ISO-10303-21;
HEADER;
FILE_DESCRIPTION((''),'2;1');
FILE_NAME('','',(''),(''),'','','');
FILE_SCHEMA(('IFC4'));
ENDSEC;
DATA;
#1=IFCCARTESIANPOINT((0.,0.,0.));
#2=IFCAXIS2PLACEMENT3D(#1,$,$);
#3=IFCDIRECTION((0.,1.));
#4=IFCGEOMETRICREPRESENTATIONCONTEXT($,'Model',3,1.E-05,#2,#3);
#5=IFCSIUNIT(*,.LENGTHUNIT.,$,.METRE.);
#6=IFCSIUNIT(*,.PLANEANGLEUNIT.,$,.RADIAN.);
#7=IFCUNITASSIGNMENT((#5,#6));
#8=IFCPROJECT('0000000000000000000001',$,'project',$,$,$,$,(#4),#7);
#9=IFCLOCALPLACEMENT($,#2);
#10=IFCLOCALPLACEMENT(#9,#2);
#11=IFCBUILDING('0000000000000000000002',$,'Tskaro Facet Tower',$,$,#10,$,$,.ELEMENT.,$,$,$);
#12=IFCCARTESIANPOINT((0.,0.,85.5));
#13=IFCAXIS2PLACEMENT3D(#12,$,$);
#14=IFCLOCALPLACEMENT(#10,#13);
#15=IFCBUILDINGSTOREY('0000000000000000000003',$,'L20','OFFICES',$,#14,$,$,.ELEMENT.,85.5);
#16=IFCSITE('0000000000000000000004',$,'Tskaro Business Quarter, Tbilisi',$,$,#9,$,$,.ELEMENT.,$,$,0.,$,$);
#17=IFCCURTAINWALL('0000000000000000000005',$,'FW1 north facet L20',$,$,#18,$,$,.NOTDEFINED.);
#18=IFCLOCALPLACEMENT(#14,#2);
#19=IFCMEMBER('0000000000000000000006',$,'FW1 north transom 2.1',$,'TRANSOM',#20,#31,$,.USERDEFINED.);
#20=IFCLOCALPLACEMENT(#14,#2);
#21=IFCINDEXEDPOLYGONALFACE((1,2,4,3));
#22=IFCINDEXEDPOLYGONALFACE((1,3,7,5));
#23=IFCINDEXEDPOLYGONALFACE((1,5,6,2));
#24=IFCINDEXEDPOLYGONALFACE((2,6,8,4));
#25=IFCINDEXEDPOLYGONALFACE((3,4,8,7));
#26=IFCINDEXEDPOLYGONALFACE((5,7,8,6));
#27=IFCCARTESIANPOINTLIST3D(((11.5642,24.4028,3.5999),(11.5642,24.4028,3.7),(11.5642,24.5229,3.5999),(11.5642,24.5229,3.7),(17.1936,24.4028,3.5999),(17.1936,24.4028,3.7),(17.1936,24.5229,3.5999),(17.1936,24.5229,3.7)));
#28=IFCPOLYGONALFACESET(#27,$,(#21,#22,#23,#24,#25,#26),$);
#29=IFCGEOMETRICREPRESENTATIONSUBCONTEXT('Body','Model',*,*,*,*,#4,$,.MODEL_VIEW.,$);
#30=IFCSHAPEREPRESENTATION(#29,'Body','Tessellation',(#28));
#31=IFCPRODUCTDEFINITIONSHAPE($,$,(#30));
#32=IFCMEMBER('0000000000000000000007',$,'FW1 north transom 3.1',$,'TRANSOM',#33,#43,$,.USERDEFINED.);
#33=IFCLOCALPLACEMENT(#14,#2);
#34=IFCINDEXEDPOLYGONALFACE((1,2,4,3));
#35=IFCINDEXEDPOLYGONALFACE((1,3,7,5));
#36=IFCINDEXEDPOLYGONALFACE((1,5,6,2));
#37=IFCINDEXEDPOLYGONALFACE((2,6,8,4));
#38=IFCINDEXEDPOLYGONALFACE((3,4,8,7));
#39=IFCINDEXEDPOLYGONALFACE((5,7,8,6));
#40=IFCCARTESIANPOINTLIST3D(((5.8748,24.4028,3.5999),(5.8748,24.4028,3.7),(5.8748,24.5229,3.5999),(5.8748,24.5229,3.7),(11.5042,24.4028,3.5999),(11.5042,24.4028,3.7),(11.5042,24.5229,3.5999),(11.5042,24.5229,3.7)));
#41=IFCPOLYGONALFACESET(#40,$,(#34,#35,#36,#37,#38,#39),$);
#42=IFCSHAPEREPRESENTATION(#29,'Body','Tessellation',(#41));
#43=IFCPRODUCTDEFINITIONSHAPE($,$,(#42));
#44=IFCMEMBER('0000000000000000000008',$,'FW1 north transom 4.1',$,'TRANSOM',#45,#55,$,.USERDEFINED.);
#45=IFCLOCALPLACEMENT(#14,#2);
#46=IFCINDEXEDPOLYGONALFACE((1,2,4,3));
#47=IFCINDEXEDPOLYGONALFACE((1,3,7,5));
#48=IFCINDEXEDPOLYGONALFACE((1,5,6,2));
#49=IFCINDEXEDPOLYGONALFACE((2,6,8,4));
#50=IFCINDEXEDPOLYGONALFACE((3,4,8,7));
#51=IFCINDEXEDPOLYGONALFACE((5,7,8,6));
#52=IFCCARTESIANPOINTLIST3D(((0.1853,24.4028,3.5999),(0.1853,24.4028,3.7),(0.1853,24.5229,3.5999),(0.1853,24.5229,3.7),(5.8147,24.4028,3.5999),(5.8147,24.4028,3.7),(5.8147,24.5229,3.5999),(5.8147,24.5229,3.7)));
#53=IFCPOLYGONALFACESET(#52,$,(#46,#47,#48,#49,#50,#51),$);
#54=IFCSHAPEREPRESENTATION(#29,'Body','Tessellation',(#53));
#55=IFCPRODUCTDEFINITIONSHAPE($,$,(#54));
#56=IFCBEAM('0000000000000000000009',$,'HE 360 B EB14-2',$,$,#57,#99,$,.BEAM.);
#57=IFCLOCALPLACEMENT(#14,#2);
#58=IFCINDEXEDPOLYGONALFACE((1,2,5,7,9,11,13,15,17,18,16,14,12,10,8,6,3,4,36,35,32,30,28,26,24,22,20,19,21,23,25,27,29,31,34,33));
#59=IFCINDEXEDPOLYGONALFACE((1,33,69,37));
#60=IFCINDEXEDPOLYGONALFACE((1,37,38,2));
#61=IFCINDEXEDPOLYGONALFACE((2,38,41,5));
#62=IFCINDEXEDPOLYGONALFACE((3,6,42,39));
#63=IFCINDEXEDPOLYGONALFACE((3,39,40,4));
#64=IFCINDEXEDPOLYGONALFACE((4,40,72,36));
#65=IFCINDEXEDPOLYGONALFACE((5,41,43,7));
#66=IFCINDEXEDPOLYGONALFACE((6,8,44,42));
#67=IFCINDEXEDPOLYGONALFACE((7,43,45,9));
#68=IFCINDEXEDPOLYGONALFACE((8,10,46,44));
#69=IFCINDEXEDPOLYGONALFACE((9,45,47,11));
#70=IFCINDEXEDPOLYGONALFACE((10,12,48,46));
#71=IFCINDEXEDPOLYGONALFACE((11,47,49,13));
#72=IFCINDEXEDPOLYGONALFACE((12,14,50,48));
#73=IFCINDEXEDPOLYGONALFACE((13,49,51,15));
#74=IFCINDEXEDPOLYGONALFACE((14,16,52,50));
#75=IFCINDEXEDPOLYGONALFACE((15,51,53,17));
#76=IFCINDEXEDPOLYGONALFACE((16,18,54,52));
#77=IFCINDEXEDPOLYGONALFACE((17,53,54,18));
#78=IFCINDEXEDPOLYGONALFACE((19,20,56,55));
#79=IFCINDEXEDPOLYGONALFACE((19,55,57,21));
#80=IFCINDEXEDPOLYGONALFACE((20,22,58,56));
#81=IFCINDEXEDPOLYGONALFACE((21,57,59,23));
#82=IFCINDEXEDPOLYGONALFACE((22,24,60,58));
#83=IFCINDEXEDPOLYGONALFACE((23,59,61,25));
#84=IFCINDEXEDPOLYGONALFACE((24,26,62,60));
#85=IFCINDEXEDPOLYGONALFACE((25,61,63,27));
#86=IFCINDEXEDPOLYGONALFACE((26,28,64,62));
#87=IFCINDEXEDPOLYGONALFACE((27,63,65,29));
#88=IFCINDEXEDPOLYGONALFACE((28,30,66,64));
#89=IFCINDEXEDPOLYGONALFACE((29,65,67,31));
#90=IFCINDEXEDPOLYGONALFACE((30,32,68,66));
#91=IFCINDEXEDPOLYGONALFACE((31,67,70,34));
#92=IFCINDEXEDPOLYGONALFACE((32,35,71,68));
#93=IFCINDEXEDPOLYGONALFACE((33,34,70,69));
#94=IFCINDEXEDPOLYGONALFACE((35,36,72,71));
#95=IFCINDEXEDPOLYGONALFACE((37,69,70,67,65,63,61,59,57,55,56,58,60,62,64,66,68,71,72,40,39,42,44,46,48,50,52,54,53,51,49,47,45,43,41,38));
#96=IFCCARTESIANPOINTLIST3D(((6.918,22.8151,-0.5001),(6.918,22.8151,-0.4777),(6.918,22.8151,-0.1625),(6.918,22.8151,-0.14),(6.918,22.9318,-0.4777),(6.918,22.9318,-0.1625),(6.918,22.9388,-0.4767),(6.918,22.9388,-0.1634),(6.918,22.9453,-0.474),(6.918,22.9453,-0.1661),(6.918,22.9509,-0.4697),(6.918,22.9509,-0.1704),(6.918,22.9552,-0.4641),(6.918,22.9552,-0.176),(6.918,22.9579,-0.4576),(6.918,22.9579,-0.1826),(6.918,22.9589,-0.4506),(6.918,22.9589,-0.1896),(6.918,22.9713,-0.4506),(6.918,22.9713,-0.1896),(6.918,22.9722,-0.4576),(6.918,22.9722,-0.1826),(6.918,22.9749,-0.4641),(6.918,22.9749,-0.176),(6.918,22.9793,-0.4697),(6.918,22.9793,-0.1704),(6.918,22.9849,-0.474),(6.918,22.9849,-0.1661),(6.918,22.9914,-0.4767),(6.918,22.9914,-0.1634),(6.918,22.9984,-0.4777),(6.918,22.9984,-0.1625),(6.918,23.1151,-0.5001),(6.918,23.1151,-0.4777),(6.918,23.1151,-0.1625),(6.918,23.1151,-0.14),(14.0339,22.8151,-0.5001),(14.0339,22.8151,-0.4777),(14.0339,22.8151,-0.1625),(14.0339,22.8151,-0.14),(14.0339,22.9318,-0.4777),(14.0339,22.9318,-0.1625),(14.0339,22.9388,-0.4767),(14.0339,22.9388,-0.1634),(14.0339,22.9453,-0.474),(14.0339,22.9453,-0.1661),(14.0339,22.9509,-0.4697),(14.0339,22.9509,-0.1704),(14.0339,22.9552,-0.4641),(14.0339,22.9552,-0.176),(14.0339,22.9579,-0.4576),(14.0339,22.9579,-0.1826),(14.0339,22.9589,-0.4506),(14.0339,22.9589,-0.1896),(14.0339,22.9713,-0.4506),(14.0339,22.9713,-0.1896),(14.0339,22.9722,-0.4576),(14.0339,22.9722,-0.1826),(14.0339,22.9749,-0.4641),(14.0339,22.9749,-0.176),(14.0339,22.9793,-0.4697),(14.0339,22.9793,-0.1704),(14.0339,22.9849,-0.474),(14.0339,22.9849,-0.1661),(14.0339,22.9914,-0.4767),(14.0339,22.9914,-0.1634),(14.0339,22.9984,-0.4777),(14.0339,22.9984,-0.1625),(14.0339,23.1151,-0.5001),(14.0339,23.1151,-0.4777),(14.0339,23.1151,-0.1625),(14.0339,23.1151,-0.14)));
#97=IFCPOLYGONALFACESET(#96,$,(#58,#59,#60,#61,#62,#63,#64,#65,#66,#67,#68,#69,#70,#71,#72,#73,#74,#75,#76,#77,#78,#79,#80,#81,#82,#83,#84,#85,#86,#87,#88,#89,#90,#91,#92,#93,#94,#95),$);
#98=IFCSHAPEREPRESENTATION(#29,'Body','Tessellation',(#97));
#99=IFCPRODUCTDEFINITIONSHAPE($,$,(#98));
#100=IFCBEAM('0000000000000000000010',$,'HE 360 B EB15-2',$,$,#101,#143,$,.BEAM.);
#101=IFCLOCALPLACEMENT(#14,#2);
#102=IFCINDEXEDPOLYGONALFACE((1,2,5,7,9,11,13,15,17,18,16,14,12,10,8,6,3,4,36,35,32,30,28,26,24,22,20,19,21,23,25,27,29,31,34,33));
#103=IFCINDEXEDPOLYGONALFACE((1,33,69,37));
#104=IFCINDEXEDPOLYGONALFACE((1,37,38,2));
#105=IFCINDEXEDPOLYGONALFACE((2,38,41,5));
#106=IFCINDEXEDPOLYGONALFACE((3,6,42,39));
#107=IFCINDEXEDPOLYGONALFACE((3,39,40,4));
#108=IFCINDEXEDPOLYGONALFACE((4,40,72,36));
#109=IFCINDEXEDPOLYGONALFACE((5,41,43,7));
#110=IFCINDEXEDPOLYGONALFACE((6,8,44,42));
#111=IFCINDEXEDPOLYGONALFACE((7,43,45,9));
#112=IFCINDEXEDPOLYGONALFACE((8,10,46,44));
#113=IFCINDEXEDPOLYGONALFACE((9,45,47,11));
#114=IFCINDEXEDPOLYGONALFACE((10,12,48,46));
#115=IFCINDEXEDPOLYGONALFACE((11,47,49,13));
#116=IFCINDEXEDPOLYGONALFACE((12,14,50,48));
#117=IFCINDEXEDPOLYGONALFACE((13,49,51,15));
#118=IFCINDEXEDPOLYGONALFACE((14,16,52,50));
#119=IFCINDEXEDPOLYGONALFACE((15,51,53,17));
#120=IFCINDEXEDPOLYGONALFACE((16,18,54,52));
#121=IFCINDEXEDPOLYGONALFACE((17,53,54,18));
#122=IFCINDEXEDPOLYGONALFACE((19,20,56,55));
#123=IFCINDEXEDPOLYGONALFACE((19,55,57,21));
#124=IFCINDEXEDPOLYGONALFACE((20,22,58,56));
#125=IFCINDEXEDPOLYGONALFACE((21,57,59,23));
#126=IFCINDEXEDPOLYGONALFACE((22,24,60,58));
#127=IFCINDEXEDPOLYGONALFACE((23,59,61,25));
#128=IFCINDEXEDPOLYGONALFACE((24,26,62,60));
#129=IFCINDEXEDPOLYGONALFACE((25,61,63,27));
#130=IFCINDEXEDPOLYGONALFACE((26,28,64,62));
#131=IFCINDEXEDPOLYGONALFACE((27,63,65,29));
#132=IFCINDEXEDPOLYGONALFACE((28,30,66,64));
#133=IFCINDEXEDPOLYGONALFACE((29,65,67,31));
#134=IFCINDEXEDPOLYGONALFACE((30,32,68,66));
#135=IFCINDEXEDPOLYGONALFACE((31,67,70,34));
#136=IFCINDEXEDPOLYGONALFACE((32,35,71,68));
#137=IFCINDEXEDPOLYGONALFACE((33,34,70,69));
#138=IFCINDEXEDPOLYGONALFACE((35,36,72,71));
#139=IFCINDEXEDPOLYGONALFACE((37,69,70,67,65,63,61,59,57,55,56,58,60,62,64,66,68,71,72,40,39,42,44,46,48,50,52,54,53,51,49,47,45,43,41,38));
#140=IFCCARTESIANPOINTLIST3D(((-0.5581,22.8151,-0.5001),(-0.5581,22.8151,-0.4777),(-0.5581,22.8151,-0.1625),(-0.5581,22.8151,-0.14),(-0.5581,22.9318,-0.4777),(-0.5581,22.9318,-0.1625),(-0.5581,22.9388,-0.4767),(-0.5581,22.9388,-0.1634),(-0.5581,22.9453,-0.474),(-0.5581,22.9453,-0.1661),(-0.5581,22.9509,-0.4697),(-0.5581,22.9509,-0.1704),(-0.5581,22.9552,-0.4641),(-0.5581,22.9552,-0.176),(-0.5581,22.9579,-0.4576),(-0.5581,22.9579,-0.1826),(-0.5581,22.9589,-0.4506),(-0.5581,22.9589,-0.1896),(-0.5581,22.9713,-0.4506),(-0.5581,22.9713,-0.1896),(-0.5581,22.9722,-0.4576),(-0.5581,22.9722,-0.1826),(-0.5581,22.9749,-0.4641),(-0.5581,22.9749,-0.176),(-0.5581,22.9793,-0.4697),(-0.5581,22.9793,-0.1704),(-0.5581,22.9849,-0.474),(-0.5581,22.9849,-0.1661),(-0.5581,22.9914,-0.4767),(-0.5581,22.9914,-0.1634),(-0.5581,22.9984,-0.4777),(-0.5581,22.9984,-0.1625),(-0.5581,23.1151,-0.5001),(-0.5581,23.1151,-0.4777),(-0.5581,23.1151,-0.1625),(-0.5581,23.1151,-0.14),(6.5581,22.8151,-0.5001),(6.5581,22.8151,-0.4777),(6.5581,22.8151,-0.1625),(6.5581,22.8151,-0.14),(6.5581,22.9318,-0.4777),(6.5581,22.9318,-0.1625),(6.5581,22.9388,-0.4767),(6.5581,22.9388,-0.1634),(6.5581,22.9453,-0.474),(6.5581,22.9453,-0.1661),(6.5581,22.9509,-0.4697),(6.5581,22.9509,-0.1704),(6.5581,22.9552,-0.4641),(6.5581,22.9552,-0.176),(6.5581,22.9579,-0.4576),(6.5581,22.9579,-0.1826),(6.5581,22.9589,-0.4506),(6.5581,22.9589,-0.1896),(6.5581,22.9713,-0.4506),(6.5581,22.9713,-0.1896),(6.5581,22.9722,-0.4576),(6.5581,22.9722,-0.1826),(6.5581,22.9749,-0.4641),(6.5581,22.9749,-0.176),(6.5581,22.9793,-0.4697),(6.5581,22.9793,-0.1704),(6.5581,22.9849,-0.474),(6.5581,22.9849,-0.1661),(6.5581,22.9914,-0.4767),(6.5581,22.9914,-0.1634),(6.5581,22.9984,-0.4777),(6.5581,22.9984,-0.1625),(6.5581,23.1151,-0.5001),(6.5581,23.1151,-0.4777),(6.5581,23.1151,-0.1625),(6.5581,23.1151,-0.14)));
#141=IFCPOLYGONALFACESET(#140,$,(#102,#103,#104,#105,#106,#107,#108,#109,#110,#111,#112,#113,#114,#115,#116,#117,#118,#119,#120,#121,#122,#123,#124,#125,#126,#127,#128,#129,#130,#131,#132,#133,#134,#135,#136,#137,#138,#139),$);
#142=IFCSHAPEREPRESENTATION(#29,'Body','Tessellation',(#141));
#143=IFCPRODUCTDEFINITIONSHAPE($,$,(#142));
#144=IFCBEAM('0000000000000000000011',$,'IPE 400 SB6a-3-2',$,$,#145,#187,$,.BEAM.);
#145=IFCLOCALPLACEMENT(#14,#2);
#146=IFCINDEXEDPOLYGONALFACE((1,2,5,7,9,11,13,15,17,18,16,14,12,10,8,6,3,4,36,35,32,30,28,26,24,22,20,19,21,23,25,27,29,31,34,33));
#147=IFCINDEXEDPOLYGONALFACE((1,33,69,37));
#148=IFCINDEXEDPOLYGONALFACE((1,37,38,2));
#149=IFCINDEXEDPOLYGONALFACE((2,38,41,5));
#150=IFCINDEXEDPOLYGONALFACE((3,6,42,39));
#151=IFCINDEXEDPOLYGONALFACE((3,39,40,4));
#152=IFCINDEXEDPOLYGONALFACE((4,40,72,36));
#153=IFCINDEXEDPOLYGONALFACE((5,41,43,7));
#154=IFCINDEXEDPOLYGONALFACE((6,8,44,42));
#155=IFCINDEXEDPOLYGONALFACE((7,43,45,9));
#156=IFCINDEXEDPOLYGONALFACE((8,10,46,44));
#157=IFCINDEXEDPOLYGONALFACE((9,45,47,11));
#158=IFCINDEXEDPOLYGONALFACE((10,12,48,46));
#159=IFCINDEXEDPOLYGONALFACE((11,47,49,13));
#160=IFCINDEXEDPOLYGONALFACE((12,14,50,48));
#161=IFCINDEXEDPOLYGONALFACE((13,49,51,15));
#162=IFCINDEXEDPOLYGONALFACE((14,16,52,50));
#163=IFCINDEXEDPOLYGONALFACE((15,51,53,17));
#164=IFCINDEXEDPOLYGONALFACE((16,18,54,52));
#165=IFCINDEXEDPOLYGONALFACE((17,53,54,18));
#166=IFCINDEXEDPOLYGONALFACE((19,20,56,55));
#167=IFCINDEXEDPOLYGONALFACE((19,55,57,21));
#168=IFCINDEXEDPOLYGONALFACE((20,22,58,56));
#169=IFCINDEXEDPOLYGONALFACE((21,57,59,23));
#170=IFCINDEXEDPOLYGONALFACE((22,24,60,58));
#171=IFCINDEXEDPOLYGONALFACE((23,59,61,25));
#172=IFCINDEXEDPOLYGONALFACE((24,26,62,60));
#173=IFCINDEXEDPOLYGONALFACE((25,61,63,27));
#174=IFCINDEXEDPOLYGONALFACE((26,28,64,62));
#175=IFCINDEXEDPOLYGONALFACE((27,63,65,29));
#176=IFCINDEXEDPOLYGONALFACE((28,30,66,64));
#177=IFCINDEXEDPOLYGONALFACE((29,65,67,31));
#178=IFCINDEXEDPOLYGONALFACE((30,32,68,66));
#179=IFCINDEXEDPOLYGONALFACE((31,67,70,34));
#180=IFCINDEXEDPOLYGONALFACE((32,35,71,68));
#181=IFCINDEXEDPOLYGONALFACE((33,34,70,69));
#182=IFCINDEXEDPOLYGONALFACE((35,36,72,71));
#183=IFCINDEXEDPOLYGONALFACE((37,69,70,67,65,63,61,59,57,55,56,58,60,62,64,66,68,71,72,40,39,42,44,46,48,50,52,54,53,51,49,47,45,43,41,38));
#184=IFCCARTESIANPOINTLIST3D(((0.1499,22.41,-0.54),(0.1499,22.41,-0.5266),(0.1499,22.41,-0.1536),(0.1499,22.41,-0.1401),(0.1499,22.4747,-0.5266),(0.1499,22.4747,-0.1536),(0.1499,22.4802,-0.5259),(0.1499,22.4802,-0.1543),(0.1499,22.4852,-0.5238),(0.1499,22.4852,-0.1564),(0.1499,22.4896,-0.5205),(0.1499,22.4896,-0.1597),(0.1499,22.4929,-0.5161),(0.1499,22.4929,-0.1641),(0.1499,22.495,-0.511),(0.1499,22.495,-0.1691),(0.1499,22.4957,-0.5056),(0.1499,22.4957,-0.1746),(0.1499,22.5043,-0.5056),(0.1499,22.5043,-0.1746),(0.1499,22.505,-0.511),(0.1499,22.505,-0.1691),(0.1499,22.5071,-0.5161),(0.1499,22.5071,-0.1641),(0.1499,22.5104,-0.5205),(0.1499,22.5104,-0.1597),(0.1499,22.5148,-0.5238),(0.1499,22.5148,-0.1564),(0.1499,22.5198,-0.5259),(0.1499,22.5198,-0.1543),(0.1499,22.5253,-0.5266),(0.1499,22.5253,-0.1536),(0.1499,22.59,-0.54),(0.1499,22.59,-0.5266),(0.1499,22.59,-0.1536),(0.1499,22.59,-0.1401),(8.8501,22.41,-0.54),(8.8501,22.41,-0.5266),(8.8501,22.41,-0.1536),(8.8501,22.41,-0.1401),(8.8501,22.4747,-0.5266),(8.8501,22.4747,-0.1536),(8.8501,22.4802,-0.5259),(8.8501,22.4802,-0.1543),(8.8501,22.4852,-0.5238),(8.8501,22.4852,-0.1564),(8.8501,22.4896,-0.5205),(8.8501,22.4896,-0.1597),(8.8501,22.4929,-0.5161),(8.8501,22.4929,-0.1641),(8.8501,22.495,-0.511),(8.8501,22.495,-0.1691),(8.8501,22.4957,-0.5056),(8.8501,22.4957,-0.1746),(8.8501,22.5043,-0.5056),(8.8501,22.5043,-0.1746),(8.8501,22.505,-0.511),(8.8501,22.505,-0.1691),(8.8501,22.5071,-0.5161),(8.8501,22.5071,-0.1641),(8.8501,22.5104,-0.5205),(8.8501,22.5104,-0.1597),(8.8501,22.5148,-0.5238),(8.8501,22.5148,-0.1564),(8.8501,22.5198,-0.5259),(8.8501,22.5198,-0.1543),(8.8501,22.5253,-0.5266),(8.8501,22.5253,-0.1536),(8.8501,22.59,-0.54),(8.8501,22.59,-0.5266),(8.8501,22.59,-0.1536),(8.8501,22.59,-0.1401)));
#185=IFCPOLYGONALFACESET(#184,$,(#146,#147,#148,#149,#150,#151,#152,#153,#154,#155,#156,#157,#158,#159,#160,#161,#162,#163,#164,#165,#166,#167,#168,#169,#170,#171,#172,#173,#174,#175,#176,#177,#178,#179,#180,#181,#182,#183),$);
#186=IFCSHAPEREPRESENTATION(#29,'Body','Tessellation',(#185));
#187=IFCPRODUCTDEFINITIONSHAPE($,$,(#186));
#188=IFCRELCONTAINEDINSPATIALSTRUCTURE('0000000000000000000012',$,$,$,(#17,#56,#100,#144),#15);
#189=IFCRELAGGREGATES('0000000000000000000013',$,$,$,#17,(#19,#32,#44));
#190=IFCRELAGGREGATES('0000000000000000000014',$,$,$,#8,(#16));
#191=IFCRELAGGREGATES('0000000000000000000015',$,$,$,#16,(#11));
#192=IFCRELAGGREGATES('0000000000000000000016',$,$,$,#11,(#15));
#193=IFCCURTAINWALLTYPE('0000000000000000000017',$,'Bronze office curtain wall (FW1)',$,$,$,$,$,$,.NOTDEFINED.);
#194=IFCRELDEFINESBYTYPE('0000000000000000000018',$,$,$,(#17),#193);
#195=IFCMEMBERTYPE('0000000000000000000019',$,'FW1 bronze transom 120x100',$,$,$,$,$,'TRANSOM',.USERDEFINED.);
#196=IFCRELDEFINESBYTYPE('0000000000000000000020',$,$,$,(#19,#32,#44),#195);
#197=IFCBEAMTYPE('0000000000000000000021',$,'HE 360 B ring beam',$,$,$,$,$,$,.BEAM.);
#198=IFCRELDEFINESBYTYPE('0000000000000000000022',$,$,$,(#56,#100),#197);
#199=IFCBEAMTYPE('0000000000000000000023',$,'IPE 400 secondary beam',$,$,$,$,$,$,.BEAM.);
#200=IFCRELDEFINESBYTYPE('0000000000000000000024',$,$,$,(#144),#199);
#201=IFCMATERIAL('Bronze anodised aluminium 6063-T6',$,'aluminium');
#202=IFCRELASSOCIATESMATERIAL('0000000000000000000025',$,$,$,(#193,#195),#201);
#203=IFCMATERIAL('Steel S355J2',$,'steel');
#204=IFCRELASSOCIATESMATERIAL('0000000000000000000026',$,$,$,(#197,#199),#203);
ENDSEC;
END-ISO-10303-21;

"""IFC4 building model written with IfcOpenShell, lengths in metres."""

from ifc_helpers import new_model, si_unit, direction, frame, origin, origin_2d, place, context, subcontext, project, spatial, rectangle, i_section, extrude, material, material_profile, profile_set, type_object, element, aggregate, save


model = new_model("IFC4")

# Units and contexts
model_context = context("Model", 3, precision=1e-05, world=origin(), true_north=direction((0.0, 1.0)))
body_context = subcontext(model_context, "Body", "Model", "MODEL_VIEW")
ifc_project = project(units=[si_unit("LENGTHUNIT", "METRE"), si_unit("PLANEANGLEUNIT", "RADIAN")], contexts=[model_context])

# Site, building, storey
site_placement = place(None, origin())
site = spatial("IfcSite", under=ifc_project, at=site_placement, Name="Tskaro Business Quarter, Tbilisi", CompositionType="ELEMENT", RefElevation=0.0)
building_placement = place(site_placement, origin())
building = spatial("IfcBuilding", under=site, at=building_placement, Name="Tskaro Facet Tower", CompositionType="ELEMENT")
storey_placement = place(building_placement, frame((0.0, 0.0, 85.5)))
storey = spatial("IfcBuildingStorey", under=building, at=storey_placement, Name="L20", Description="OFFICES", CompositionType="ELEMENT", Elevation=85.5)

# Curtain wall, members
ifc_material_1 = material(Name="Bronze anodised aluminium 6063-T6", Category="aluminium")
curtain_wall_type = type_object("IfcCurtainWallType", Name="Bronze office curtain wall (FW1)", PredefinedType="NOTDEFINED", material=ifc_material_1)
curtain_wall_placement = place(storey_placement, origin())
curtain_wall = element("IfcCurtainWall", 1, at=curtain_wall_placement, inside=storey, type_object=curtain_wall_type, Name="FW1 north facet L20", PredefinedType="NOTDEFINED")
ifc_material_profile_1 = material_profile(ifc_material_1, rectangle(XDim=0.1201, YDim=0.1001, at=origin_2d()), Name="Transom 120x100")
ifc_profile_set_1 = profile_set([ifc_material_profile_1], Name="Bronze anodised aluminium 6063-T6")
member_type_1 = type_object("IfcMemberType", Name="FW1 bronze transom 120x100", ElementType="TRANSOM", PredefinedType="USERDEFINED", material=ifc_profile_set_1)
member_1_placement = place(storey_placement, frame((17.1936, 24.4629, 3.6499), z_axis=(-1.0, 0.0, 0.0), x_axis=(0.0, -1.0, 0.0)))
member_1 = element("IfcMember", 2, at=member_1_placement, type_object=member_type_1, Name="FW1 north transom 2.1", ObjectType="TRANSOM", PredefinedType="USERDEFINED", context=body_context, shape_type="SweptSolid", body=[
    extrude(rectangle(XDim=0.1201, YDim=0.1001, at=origin_2d()), origin(), (0.0, 0.0, 1.0), 5.6294),
])
member_2_placement = place(storey_placement, frame((11.5042, 24.4629, 3.6499), z_axis=(-1.0, 0.0, 0.0), x_axis=(0.0, -1.0, 0.0)))
member_2 = element("IfcMember", 3, at=member_2_placement, type_object=member_type_1, Name="FW1 north transom 3.1", ObjectType="TRANSOM", PredefinedType="USERDEFINED", context=body_context, shape_type="SweptSolid", body=[
    extrude(rectangle(XDim=0.1201, YDim=0.1001, at=origin_2d()), origin(), (0.0, 0.0, 1.0), 5.6294),
])
member_3_placement = place(storey_placement, frame((5.8147, 24.4629, 3.6499), z_axis=(-1.0, 0.0, 0.0), x_axis=(0.0, -1.0, 0.0)))
member_3 = element("IfcMember", 4, at=member_3_placement, type_object=member_type_1, Name="FW1 north transom 4.1", ObjectType="TRANSOM", PredefinedType="USERDEFINED", context=body_context, shape_type="SweptSolid", body=[
    extrude(rectangle(XDim=0.1201, YDim=0.1001, at=origin_2d()), origin(), (0.0, 0.0, 1.0), 5.6294),
])

# Beams
ifc_material_2 = material(Name="Steel S355J2", Category="steel")
ifc_material_profile_2 = material_profile(ifc_material_2, i_section(OverallWidth=0.3, OverallDepth=0.3601, WebThickness=0.0125, FlangeThickness=0.0225, FilletRadius=0.0271, at=origin_2d()), Name="HE 360 B")
ifc_profile_set_2 = profile_set([ifc_material_profile_2], Name="Steel S355J2")
beam_type_1 = type_object("IfcBeamType", Name="HE 360 B ring beam", PredefinedType="BEAM", material=ifc_profile_set_2)
beam_1_placement = place(storey_placement, frame((14.0339, 22.9651, -0.3201), z_axis=(-1.0, 0.0, 0.0), x_axis=(0.0, -1.0, 0.0)))
element("IfcBeam", 5, at=beam_1_placement, inside=storey, type_object=beam_type_1, Name="HE 360 B EB14-2", PredefinedType="BEAM", context=body_context, shape_type="SweptSolid", body=[
    extrude(i_section(OverallWidth=0.3, OverallDepth=0.3601, WebThickness=0.0125, FlangeThickness=0.0225, FilletRadius=0.0271, at=origin_2d()), origin(), (0.0, 0.0, 1.0), 7.116),
])
beam_2_placement = place(storey_placement, frame((6.5581, 22.9651, -0.3201), z_axis=(-1.0, 0.0, 0.0), x_axis=(0.0, -1.0, 0.0)))
element("IfcBeam", 6, at=beam_2_placement, inside=storey, type_object=beam_type_1, Name="HE 360 B EB15-2", PredefinedType="BEAM", context=body_context, shape_type="SweptSolid", body=[
    extrude(i_section(OverallWidth=0.3, OverallDepth=0.3601, WebThickness=0.0125, FlangeThickness=0.0225, FilletRadius=0.0271, at=origin_2d()), origin(), (0.0, 0.0, 1.0), 7.1162),
])
ifc_material_profile_3 = material_profile(ifc_material_2, i_section(OverallWidth=0.1799, OverallDepth=0.3999, WebThickness=0.0085, FlangeThickness=0.0134, FilletRadius=0.021, at=origin_2d()), Name="IPE 400")
ifc_profile_set_3 = profile_set([ifc_material_profile_3], Name="Steel S355J2")
beam_type_2 = type_object("IfcBeamType", Name="IPE 400 secondary beam", PredefinedType="BEAM", material=ifc_profile_set_3)
for number, where, z_axis, x_axis, name in (
    (7, (0.1499, 22.5, -0.3401), (1.0, 0.0, 0.0), (0.0, 1.0, 0.0), "IPE 400 SB6a-3-2"),
):
    element("IfcBeam", number, at=place(storey_placement, frame(where, z_axis=z_axis, x_axis=x_axis)), inside=storey, type_object=beam_type_2, Name=name, PredefinedType="BEAM", context=body_context, shape_type="SweptSolid", body=[
        extrude(i_section(OverallWidth=0.1799, OverallDepth=0.3999, WebThickness=0.0085, FlangeThickness=0.0134, FilletRadius=0.021, at=origin_2d()), origin(), (0.0, 0.0, 1.0), 8.7002),
    ])

aggregate(curtain_wall, [member_1, member_2, member_3])

save(model, "model.ifc")
